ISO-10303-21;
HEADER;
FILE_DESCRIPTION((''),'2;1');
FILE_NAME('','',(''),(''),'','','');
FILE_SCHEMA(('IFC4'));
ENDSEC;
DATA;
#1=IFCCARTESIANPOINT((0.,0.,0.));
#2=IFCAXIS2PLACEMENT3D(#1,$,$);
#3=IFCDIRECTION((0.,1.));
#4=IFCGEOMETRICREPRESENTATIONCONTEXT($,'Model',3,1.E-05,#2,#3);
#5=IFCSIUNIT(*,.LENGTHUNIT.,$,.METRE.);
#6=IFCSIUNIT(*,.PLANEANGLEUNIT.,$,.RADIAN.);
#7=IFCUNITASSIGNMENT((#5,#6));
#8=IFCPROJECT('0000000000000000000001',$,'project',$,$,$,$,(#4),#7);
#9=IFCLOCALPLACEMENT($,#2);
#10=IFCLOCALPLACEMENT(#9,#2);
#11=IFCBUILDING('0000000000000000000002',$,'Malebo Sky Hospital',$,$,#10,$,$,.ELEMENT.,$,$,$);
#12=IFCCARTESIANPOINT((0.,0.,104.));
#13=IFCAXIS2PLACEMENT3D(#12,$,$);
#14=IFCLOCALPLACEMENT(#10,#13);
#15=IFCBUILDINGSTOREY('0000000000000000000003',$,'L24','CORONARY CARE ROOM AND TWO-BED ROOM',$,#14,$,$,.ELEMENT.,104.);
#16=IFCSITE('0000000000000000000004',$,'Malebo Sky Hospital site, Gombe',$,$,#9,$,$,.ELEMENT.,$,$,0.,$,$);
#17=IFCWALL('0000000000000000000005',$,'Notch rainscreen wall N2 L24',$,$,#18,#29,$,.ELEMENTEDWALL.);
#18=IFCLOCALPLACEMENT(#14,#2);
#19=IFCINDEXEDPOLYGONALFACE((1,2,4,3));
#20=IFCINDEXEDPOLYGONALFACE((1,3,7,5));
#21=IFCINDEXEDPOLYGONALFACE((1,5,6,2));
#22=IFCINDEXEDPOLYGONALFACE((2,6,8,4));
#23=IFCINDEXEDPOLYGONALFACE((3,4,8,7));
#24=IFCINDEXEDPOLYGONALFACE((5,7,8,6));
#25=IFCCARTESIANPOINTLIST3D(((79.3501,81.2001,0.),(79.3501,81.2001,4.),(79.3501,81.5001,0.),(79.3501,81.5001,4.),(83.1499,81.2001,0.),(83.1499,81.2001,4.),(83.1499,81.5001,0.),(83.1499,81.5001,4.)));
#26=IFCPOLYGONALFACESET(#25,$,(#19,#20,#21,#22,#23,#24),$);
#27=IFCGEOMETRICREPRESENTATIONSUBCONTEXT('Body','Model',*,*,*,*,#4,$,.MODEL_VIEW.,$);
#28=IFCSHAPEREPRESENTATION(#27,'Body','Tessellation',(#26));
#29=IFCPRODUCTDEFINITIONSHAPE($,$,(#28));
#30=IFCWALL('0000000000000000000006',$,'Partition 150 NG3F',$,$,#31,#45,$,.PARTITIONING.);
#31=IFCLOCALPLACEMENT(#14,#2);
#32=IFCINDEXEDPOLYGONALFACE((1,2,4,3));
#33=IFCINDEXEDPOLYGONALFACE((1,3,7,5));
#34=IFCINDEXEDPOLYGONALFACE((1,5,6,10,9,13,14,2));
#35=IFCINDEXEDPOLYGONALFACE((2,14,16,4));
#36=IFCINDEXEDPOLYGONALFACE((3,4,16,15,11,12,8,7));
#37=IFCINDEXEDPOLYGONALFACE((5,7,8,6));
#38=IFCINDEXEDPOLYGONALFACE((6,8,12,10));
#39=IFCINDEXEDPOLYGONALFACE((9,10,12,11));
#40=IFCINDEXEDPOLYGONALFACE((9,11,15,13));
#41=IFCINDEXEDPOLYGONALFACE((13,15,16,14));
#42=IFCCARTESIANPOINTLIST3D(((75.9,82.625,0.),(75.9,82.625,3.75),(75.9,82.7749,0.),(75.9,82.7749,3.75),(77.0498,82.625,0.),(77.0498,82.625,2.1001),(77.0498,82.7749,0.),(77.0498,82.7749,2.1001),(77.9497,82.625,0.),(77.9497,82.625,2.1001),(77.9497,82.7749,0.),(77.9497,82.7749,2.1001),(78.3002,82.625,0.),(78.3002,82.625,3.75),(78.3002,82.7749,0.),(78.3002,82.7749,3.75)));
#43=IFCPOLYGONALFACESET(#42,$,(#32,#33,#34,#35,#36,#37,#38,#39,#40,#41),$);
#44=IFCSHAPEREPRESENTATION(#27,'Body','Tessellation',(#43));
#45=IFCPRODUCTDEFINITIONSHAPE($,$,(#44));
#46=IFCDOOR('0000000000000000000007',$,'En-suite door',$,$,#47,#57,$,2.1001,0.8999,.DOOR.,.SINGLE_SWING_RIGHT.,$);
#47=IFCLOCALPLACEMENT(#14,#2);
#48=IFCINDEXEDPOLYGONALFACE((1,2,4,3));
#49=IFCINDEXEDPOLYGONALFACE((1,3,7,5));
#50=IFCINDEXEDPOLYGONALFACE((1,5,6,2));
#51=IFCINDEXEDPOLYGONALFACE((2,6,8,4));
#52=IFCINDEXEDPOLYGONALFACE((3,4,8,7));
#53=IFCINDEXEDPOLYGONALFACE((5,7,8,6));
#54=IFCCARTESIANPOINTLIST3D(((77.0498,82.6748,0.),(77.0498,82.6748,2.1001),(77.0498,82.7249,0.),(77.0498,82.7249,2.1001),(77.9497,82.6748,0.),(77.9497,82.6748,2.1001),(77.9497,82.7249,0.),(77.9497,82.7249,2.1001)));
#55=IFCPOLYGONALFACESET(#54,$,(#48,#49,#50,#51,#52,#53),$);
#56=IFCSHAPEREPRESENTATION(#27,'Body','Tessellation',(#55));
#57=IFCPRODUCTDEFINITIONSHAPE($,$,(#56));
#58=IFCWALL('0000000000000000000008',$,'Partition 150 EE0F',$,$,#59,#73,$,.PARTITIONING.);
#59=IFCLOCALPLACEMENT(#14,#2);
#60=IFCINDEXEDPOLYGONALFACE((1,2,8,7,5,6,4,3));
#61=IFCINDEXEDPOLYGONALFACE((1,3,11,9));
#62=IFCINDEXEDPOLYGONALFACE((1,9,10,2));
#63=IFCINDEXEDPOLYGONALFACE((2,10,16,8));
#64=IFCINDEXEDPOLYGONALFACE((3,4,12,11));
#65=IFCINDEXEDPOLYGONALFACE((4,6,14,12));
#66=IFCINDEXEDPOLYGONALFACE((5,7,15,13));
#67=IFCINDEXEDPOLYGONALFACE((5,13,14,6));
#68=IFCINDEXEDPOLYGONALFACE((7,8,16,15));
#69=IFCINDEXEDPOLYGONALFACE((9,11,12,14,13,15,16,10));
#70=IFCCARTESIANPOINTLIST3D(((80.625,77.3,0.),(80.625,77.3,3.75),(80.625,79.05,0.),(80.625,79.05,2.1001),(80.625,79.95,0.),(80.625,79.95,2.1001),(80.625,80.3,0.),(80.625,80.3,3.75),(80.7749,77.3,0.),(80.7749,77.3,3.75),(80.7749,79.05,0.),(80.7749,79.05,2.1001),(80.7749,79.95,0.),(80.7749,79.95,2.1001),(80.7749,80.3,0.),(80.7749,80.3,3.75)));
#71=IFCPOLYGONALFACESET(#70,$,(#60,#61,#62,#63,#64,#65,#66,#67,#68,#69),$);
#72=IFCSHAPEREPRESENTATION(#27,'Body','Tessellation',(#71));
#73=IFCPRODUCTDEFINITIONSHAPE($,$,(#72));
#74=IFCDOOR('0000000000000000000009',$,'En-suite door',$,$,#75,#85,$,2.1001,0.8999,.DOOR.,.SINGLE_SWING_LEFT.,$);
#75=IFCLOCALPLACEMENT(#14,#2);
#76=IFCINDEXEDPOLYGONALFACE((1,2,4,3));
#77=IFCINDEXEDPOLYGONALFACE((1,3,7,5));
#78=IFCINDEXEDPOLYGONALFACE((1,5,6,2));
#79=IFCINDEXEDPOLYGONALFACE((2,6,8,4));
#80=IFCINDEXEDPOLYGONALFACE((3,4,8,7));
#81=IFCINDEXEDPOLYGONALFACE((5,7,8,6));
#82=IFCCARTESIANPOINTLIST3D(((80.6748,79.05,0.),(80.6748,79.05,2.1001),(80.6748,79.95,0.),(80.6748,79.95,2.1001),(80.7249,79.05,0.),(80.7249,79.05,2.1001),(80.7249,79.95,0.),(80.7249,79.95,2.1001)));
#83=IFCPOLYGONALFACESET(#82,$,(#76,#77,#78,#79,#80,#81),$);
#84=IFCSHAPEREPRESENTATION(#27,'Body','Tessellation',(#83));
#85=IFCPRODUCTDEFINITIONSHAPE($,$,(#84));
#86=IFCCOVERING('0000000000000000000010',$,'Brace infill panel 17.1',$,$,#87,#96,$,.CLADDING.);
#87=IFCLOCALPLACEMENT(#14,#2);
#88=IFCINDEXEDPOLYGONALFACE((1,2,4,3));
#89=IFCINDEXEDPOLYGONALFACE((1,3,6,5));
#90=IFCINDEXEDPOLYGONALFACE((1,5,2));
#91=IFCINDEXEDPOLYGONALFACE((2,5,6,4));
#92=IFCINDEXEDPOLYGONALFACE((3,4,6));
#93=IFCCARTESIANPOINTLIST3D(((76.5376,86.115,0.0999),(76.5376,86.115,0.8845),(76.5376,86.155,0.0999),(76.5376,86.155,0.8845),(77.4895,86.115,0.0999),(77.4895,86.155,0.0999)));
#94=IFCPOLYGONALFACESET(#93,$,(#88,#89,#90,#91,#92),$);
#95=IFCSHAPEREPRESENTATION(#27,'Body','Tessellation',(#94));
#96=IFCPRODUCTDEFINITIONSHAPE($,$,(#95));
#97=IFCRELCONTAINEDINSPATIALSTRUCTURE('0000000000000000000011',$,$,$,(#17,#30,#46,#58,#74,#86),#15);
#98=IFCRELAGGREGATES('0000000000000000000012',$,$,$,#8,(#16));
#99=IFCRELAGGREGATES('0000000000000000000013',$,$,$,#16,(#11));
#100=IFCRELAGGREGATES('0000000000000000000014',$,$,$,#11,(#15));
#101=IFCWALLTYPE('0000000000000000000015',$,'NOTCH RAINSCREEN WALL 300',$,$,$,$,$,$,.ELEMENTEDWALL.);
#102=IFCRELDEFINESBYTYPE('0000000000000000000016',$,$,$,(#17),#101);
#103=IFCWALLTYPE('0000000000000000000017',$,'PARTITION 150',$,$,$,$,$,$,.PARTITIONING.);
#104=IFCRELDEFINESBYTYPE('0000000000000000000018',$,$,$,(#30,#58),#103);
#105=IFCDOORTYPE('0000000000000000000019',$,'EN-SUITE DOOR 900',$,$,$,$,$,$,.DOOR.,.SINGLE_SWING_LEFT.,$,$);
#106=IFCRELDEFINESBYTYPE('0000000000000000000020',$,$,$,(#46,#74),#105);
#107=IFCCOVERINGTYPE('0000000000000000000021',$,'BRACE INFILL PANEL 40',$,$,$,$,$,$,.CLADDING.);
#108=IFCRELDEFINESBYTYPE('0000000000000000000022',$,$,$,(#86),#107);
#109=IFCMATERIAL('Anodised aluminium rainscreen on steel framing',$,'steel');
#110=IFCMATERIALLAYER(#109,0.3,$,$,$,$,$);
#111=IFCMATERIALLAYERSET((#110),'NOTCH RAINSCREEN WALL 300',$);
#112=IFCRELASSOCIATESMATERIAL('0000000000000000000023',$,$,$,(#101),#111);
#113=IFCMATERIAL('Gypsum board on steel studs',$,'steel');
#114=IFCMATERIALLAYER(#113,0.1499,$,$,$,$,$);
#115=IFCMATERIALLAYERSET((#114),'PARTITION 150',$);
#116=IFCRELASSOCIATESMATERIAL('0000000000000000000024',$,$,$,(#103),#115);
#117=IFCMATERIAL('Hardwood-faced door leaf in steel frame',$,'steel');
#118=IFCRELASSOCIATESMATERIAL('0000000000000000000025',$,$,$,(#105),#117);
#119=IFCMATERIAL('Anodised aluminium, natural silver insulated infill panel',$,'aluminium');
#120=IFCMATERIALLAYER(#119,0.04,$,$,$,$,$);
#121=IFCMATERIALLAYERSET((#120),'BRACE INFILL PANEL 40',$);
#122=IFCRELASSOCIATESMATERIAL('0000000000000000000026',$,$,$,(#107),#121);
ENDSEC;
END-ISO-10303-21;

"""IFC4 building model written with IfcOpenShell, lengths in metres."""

from ifc_helpers import new_model, si_unit, direction, frame, frame_2d, origin, place, context, subcontext, project, spatial, polyline, rectangle, outline, extrude, material, layer, layer_set, type_object, element, fill, save


model = new_model("IFC4")

# Units and contexts
model_context = context("Model", 3, precision=1e-05, world=origin(), true_north=direction((0.0, 1.0)))
body_context = subcontext(model_context, "Body", "Model", "MODEL_VIEW")
ifc_project = project(units=[si_unit("LENGTHUNIT", "METRE"), si_unit("PLANEANGLEUNIT", "RADIAN")], contexts=[model_context])

# Site, building, storey
site_placement = place(None, origin())
site = spatial("IfcSite", under=ifc_project, at=site_placement, Name="Malebo Sky Hospital site, Gombe", CompositionType="ELEMENT", RefElevation=0.0)
building_placement = place(site_placement, origin())
building = spatial("IfcBuilding", under=site, at=building_placement, Name="Malebo Sky Hospital", CompositionType="ELEMENT")
storey_placement = place(building_placement, frame((0.0, 0.0, 104.0)))
storey = spatial("IfcBuildingStorey", under=building, at=storey_placement, Name="L24", Description="CORONARY CARE ROOM AND TWO-BED ROOM", CompositionType="ELEMENT", Elevation=104.0)

# Wall
ifc_material_1 = material(Name="Anodised aluminium rainscreen on steel framing", Category="steel")
ifc_layer_1 = layer(ifc_material_1, 0.3)
ifc_layer_set_1 = layer_set([ifc_layer_1], Name="NOTCH RAINSCREEN WALL 300")
wall_type_1 = type_object("IfcWallType", Name="NOTCH RAINSCREEN WALL 300", PredefinedType="ELEMENTEDWALL", material=ifc_layer_set_1)
for number, where, z_axis, x_axis, name in (
    (1, (79.3501, 81.3501, 0.0), (0.0, 0.0, 1.0), (1.0, 0.0, 0.0), "Notch rainscreen wall N2 L24"),
):
    element("IfcWall", number, at=place(storey_placement, frame(where, z_axis=z_axis, x_axis=x_axis)), inside=storey, type_object=wall_type_1, Name=name, PredefinedType="ELEMENTEDWALL", context=body_context, shape_type="SweptSolid", body=[
        extrude(rectangle(XDim=3.7998, YDim=0.3, at=frame_2d((1.8999, 0.0))), origin(), (0.0, 0.0, 1.0), 4.0),
    ])

# Walls, openings, doors
ifc_material_2 = material(Name="Gypsum board on steel studs", Category="steel")
ifc_layer_2 = layer(ifc_material_2, 0.1499)
ifc_layer_set_2 = layer_set([ifc_layer_2], Name="PARTITION 150")
wall_type_2 = type_object("IfcWallType", Name="PARTITION 150", PredefinedType="PARTITIONING", material=ifc_layer_set_2)
wall_1_placement = place(storey_placement, frame((75.8999, 82.7, 0.0), z_axis=(0.0, 0.0, 1.0), x_axis=(1.0, 0.0, 0.0)))
wall_1 = element("IfcWall", 2, at=wall_1_placement, inside=storey, type_object=wall_type_2, Name="Partition 150 NG3F", PredefinedType="PARTITIONING", context=body_context, shape_type="SweptSolid", body=[
    extrude(rectangle(XDim=2.4001, YDim=0.1499, at=frame_2d((1.2002, 0.0))), origin(), (0.0, 0.0, 1.0), 3.75),
])
opening_1_placement = place(wall_1_placement, frame((1.1499, 0.0, 0.0)))
opening_1 = element("IfcOpeningElement", 3, at=opening_1_placement, cuts=wall_1, PredefinedType="OPENING", context=body_context, shape_type="SweptSolid", body=[
    extrude(rectangle(XDim=0.8999, YDim=2.1001, at=frame_2d((0.45, 1.05))), frame((0.0, 0.085, 0.0), z_axis=(0.0, -1.0, 0.0), x_axis=(1.0, 0.0, 0.0)), (0.0, 0.0, 1.0), 0.1699),
])
ifc_material_3 = material(Name="Hardwood-faced door leaf in steel frame", Category="steel")
door_type = type_object("IfcDoorType", Name="EN-SUITE DOOR 900", OperationType="SINGLE_SWING_LEFT", PredefinedType="DOOR", material=ifc_material_3)
door_1_placement = place(opening_1_placement, origin())
door_1 = element("IfcDoor", 4, at=door_1_placement, inside=storey, type_object=door_type, Name="En-suite door", OperationType="SINGLE_SWING_RIGHT", OverallHeight=2.1001, OverallWidth=0.8999, PredefinedType="DOOR", context=body_context, shape_type="SweptSolid", body=[
    extrude(rectangle(XDim=0.8999, YDim=2.1001, at=frame_2d((0.45, 1.05))), frame((0.0, 0.0249, 0.0), z_axis=(0.0, -1.0, 0.0), x_axis=(1.0, 0.0, 0.0)), (0.0, 0.0, 1.0), 0.05),
])
fill(opening_1, door_1)
wall_2_placement = place(storey_placement, frame((80.7, 80.3, 0.0), z_axis=(0.0, 0.0, 1.0), x_axis=(0.0, -1.0, 0.0)))
wall_2 = element("IfcWall", 5, at=wall_2_placement, inside=storey, type_object=wall_type_2, Name="Partition 150 EE0F", PredefinedType="PARTITIONING", context=body_context, shape_type="SweptSolid", body=[
    extrude(rectangle(XDim=3.0, YDim=0.1499, at=frame_2d((1.5, 0.0))), origin(), (0.0, 0.0, 1.0), 3.75),
])
opening_2_placement = place(wall_2_placement, frame((0.3501, 0.0, 0.0)))
opening_2 = element("IfcOpeningElement", 6, at=opening_2_placement, cuts=wall_2, PredefinedType="OPENING", context=body_context, shape_type="SweptSolid", body=[
    extrude(rectangle(XDim=0.8999, YDim=2.1001, at=frame_2d((0.45, 1.05))), frame((0.0, 0.085, 0.0), z_axis=(0.0, -1.0, 0.0), x_axis=(1.0, 0.0, 0.0)), (0.0, 0.0, 1.0), 0.1699),
])
door_2_placement = place(opening_2_placement, origin())
door_2 = element("IfcDoor", 7, at=door_2_placement, inside=storey, type_object=door_type, Name="En-suite door", OperationType="SINGLE_SWING_LEFT", OverallHeight=2.1001, OverallWidth=0.8999, PredefinedType="DOOR", context=body_context, shape_type="SweptSolid", body=[
    extrude(rectangle(XDim=0.8999, YDim=2.1001, at=frame_2d((0.45, 1.05))), frame((0.0, 0.0249, 0.0), z_axis=(0.0, -1.0, 0.0), x_axis=(1.0, 0.0, 0.0)), (0.0, 0.0, 1.0), 0.05),
])
fill(opening_2, door_2)

# Covering
ifc_material_4 = material(Name="Anodised aluminium, natural silver insulated infill panel", Category="aluminium")
ifc_layer_3 = layer(ifc_material_4, 0.04)
ifc_layer_set_3 = layer_set([ifc_layer_3], Name="BRACE INFILL PANEL 40")
covering_type = type_object("IfcCoveringType", Name="BRACE INFILL PANEL 40", PredefinedType="CLADDING", material=ifc_layer_set_3)
covering_placement = place(storey_placement, frame((77.0137, 86.135, 0.0999), z_axis=(0.0, 0.0, 1.0), x_axis=(1.0, 0.0, 0.0)))
element("IfcCovering", 8, at=covering_placement, inside=storey, type_object=covering_type, Name="Brace infill panel 17.1", PredefinedType="CLADDING", context=body_context, shape_type="SweptSolid", body=[
    extrude(outline(polyline([(-0.4761, 0.0), (0.4758, 0.0), (-0.4761, 0.7847), (-0.4761, 0.0)])), frame((0.0, 0.02, 0.0), z_axis=(0.0, -1.0, 0.0), x_axis=(1.0, 0.0, 0.0)), (0.0, 0.0, 1.0), 0.04),
])

save(model, "model.ifc")
